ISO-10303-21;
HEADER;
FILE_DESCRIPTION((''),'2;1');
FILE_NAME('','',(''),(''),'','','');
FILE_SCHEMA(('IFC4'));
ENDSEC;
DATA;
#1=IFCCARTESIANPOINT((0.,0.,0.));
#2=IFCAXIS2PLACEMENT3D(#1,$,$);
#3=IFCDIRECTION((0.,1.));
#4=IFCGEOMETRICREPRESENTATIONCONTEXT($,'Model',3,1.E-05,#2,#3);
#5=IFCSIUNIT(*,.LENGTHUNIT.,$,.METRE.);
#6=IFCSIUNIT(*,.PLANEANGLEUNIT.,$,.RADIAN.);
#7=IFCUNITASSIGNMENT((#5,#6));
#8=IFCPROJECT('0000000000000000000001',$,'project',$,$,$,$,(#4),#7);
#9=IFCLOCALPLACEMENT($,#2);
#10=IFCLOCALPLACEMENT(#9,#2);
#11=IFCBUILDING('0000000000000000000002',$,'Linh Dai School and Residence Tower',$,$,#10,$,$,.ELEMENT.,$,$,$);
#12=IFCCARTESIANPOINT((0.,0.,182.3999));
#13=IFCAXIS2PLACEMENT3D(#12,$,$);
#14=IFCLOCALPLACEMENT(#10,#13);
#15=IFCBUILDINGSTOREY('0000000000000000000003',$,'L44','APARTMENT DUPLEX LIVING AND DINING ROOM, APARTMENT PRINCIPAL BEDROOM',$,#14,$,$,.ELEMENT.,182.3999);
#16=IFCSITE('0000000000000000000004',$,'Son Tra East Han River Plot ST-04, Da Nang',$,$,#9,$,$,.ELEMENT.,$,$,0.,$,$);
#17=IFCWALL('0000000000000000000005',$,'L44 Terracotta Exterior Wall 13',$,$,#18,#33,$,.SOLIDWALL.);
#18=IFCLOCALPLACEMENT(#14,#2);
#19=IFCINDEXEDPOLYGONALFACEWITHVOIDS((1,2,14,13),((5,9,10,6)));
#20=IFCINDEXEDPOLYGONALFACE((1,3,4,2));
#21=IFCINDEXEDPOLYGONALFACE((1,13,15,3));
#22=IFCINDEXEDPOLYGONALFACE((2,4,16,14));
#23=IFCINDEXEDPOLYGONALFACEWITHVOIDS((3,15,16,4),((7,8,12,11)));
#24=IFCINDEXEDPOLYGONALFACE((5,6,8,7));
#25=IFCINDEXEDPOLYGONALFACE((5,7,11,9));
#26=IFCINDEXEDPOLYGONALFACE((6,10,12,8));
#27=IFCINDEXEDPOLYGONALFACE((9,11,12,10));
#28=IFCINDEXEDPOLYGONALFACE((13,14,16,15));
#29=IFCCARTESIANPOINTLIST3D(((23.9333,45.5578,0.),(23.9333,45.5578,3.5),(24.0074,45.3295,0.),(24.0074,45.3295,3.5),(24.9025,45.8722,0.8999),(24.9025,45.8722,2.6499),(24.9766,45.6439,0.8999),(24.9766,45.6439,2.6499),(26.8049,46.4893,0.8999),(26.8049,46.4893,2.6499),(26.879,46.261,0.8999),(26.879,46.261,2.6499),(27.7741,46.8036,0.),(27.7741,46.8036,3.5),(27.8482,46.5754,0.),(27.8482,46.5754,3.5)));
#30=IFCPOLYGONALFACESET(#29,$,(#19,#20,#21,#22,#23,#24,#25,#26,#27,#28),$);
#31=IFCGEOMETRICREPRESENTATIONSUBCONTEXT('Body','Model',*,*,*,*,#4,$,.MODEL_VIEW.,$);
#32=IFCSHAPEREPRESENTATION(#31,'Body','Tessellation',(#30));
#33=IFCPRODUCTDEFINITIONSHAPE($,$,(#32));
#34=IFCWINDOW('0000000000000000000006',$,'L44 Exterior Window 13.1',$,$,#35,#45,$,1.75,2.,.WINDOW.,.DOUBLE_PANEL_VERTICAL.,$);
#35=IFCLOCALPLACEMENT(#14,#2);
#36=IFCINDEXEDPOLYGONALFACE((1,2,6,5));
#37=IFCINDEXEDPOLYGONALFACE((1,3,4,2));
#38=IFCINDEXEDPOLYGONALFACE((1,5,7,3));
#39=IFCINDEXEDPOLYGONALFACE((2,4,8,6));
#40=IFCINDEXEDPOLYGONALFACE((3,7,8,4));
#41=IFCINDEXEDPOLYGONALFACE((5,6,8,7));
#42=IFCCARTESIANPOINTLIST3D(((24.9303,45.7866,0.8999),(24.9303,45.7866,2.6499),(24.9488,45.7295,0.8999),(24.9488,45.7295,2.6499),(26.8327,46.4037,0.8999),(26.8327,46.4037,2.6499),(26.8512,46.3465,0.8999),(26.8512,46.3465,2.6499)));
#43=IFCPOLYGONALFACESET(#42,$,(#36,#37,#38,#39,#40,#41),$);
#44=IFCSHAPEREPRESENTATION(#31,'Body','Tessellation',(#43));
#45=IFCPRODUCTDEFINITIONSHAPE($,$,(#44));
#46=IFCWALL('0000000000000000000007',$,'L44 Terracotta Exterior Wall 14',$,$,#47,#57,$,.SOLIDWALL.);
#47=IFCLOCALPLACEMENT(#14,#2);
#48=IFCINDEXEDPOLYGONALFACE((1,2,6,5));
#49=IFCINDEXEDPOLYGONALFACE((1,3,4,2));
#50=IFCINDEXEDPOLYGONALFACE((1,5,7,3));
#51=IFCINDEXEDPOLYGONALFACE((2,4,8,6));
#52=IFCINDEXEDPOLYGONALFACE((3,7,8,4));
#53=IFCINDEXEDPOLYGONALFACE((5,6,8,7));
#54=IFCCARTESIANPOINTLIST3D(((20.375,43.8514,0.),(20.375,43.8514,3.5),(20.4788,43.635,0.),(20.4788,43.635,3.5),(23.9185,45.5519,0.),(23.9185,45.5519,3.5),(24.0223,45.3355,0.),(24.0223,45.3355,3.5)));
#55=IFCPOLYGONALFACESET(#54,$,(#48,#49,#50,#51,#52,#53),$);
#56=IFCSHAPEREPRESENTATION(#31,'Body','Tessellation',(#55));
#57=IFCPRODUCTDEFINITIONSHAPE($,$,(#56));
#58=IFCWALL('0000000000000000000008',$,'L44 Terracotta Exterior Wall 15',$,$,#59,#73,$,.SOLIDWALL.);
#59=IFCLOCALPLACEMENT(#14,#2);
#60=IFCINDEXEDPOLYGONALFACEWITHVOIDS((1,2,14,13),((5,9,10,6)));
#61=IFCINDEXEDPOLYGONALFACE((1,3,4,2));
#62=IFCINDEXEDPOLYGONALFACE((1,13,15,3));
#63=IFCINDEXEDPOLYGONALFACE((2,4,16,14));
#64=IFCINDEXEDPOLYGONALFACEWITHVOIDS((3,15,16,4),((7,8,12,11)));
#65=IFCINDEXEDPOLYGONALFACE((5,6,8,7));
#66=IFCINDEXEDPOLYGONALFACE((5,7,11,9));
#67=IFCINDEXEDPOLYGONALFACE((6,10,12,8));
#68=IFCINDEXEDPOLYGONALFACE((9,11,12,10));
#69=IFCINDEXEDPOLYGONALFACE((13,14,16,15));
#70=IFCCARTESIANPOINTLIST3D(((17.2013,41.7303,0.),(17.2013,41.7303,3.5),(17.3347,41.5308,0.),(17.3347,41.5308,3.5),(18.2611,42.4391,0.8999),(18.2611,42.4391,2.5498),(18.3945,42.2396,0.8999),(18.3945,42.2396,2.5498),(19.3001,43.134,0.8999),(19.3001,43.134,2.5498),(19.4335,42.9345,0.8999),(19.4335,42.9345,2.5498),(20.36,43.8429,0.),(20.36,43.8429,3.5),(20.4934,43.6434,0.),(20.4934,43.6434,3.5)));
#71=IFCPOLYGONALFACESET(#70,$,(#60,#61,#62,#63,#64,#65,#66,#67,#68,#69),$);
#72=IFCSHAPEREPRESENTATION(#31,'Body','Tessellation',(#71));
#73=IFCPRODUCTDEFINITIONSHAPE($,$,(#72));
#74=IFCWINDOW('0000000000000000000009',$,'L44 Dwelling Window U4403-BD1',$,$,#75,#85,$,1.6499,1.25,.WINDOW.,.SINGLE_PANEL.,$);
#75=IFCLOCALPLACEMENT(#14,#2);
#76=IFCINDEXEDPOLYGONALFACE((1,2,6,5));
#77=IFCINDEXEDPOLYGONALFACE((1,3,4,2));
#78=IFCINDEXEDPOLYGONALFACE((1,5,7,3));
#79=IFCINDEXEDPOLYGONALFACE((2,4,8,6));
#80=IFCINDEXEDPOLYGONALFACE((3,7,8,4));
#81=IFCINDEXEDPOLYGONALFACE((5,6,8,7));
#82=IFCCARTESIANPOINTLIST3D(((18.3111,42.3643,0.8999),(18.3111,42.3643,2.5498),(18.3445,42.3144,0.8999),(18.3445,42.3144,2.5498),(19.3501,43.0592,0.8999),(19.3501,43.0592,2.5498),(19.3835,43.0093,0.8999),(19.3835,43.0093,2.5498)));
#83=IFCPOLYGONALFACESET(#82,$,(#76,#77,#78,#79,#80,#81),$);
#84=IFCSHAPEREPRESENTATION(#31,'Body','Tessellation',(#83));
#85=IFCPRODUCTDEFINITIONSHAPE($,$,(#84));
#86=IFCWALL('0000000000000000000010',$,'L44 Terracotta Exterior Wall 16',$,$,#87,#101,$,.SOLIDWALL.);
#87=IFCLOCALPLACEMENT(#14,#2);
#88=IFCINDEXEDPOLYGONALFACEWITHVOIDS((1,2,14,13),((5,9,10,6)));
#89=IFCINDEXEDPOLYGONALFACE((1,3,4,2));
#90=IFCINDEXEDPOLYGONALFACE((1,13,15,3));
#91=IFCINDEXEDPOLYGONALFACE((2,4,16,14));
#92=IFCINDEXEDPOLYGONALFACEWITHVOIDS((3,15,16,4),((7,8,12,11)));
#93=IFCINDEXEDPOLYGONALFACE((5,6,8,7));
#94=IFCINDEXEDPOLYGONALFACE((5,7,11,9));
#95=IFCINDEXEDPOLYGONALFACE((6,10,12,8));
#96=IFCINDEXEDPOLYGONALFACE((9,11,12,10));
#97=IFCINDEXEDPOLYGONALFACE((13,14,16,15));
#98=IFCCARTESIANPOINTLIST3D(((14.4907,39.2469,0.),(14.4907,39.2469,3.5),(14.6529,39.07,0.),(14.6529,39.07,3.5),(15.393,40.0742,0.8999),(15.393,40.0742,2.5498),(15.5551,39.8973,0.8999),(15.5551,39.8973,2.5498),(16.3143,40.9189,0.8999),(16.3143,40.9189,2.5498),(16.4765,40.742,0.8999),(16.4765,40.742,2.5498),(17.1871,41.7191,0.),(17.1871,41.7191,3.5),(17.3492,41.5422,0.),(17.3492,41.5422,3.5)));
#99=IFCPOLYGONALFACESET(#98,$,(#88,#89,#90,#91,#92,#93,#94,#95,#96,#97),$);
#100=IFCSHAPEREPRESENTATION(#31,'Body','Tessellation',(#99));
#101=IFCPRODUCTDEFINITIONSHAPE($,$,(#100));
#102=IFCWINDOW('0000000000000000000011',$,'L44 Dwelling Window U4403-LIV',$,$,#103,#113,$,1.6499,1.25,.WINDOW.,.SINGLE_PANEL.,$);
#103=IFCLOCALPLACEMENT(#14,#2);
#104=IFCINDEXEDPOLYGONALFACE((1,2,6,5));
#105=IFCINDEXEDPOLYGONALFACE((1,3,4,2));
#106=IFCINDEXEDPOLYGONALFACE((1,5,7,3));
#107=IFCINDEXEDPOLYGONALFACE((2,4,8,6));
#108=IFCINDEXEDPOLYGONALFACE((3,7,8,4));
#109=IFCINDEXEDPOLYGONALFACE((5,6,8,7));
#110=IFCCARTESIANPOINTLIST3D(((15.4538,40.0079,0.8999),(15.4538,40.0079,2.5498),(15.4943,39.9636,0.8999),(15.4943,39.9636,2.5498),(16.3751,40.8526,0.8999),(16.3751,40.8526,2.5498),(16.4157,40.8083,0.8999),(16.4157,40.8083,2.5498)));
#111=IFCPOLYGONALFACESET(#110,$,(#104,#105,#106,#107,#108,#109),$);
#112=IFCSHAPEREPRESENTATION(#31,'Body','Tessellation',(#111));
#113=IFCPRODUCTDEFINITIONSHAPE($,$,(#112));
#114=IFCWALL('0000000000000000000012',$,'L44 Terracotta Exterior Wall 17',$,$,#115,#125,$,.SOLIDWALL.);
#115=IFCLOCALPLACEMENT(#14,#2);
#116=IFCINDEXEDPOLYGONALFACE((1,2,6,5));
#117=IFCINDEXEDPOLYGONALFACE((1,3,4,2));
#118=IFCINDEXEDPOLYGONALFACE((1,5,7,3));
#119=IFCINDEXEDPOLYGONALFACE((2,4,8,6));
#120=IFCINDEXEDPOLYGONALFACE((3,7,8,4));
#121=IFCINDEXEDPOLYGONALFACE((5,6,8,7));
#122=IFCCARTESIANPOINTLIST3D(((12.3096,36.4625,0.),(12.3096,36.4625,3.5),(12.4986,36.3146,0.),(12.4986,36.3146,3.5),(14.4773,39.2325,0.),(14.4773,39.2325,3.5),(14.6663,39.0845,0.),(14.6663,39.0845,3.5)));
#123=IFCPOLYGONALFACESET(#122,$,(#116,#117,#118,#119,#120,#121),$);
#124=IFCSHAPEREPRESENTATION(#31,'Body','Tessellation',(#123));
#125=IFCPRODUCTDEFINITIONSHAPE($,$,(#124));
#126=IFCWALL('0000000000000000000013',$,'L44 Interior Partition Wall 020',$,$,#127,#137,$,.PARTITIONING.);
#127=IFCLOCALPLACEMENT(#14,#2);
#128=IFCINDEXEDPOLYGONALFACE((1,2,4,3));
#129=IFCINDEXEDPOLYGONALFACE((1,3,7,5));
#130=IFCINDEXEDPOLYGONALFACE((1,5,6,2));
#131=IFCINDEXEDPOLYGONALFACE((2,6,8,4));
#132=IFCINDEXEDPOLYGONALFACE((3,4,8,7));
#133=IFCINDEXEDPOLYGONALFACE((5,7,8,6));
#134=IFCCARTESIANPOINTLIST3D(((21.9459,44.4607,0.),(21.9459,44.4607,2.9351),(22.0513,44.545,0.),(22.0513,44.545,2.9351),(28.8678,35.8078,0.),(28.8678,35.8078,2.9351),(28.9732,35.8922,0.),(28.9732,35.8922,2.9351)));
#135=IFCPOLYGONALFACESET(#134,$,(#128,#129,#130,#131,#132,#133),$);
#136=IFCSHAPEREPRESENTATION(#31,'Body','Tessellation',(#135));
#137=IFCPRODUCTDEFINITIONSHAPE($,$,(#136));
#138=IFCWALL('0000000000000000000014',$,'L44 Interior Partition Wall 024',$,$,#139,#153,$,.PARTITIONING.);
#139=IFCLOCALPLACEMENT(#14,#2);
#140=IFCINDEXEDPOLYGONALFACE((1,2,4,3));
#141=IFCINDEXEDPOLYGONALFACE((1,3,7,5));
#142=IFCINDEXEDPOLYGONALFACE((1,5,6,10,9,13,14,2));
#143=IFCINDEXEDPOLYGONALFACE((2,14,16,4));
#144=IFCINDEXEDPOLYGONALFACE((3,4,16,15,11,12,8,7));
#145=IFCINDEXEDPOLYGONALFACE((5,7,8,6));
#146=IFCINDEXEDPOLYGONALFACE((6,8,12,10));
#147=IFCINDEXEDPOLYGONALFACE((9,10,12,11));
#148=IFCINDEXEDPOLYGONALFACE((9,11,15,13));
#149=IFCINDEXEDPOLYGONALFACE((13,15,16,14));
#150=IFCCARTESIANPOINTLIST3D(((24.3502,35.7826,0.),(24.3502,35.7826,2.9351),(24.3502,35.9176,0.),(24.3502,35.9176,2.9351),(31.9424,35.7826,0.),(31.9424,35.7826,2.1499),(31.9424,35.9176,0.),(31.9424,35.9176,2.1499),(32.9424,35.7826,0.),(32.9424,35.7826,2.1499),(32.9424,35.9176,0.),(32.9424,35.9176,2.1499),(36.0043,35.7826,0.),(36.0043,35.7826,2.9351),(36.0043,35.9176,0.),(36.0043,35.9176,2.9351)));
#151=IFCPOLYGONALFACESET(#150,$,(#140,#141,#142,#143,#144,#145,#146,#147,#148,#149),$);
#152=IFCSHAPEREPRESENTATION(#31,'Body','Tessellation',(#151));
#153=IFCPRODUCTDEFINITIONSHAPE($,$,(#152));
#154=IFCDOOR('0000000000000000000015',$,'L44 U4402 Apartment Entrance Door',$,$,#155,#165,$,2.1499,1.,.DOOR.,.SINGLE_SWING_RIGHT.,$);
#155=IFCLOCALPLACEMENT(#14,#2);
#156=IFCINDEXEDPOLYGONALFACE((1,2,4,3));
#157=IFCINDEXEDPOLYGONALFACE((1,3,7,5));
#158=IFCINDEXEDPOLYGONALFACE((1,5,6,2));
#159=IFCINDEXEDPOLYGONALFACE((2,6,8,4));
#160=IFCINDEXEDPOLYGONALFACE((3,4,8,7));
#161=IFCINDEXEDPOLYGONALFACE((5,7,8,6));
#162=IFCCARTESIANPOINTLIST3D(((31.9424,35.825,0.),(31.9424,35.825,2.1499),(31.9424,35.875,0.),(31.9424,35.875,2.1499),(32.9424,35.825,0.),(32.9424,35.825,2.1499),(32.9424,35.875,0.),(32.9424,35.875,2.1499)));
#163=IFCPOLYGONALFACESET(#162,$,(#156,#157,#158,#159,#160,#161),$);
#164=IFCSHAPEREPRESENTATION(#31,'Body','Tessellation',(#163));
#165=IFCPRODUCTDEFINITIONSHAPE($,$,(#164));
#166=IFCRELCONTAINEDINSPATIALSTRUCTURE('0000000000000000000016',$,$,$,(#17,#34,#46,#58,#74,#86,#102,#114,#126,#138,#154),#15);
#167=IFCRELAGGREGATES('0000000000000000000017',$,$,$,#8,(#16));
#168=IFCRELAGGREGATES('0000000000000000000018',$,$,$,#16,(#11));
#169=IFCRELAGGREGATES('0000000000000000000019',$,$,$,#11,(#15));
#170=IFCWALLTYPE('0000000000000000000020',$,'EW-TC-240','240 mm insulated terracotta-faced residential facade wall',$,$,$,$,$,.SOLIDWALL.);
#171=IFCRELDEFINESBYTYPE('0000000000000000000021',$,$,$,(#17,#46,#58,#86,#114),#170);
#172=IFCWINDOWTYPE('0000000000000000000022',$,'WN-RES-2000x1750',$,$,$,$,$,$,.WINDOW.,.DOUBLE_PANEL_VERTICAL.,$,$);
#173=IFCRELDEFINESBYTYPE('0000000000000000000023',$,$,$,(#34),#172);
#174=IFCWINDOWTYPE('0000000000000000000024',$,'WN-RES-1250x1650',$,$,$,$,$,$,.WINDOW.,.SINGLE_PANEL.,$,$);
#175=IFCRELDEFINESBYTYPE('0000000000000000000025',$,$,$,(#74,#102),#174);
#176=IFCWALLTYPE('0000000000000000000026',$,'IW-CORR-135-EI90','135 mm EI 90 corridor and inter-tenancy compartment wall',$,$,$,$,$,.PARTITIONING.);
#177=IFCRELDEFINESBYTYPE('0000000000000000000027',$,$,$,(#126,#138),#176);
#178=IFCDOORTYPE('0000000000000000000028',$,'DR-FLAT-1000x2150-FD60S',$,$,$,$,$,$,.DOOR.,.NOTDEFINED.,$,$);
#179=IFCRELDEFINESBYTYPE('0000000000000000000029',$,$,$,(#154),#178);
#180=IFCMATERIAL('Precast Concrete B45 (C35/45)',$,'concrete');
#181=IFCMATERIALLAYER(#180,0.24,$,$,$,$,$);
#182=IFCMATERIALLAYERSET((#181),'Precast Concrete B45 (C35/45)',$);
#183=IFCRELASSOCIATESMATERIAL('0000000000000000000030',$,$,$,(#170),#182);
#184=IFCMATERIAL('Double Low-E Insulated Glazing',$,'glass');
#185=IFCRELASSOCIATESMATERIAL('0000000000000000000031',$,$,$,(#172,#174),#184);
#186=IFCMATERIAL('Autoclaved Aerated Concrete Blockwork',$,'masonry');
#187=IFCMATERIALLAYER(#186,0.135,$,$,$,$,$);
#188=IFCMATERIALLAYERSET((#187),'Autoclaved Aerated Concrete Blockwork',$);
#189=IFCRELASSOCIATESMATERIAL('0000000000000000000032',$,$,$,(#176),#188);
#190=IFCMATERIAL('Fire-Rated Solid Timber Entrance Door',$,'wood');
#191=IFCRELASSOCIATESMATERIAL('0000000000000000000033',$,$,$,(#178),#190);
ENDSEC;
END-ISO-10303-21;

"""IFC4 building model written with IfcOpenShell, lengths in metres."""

from ifc_helpers import new_model, si_unit, direction, frame, frame_2d, origin, origin_2d, place, context, subcontext, project, spatial, rectangle, extrude, source, transform, mapped, material, layer, layer_set, type_object, element, fill, save


model = new_model("IFC4")

# Units and contexts
model_context = context("Model", 3, precision=1e-05, world=origin(), true_north=direction((0.0, 1.0)))
body_context = subcontext(model_context, "Body", "Model", "MODEL_VIEW")
ifc_project = project(units=[si_unit("LENGTHUNIT", "METRE"), si_unit("PLANEANGLEUNIT", "RADIAN")], contexts=[model_context])

# Site, building, storey
site_placement = place(None, origin())
site = spatial("IfcSite", under=ifc_project, at=site_placement, Name="Son Tra East Han River Plot ST-04, Da Nang", CompositionType="ELEMENT", RefElevation=0.0)
building_placement = place(site_placement, origin())
building = spatial("IfcBuilding", under=site, at=building_placement, Name="Linh Dai School and Residence Tower", CompositionType="ELEMENT")
storey_placement = place(building_placement, frame((0.0, 0.0, 182.3999)))
storey = spatial("IfcBuildingStorey", under=building, at=storey_placement, Name="L44", Description="APARTMENT DUPLEX LIVING AND DINING ROOM, APARTMENT PRINCIPAL BEDROOM", CompositionType="ELEMENT", Elevation=182.3999)

# Shared definitions
ifc_material_1 = material(Name="Precast Concrete B45 (C35/45)", Category="concrete")

# Wall, opening, window
ifc_layer_1 = layer(ifc_material_1, 0.24)
ifc_layer_set_1 = layer_set([ifc_layer_1], Name="Precast Concrete B45 (C35/45)")
wall_type_1 = type_object("IfcWallType", Name="EW-TC-240", Description="240 mm insulated terracotta-faced residential facade wall", PredefinedType="SOLIDWALL", material=ifc_layer_set_1)
wall_1_placement = place(storey_placement, frame((23.9702, 45.4436, 0.0), z_axis=(0.0, 0.0, 1.0), x_axis=(0.95121, 0.308545, 0.0)))
wall_1 = element("IfcWall", 1, at=wall_1_placement, inside=storey, type_object=wall_type_1, Name="L44 Terracotta Exterior Wall 13", PredefinedType="SOLIDWALL", context=body_context, shape_type="SweptSolid", body=[
    extrude(rectangle(XDim=4.0378, YDim=0.24, at=frame_2d((2.019, 0.0))), origin(), (0.0, 0.0, 1.0), 3.5),
])
opening_1_placement = place(wall_1_placement, frame((1.019, 0.0, 0.8999)))
opening_1 = element("IfcOpeningElement", 2, at=opening_1_placement, cuts=wall_1, PredefinedType="OPENING", context=body_context, shape_type="SweptSolid", body=[
    extrude(rectangle(XDim=2.0, YDim=1.75, at=origin_2d()), frame((1.0, 0.1299, 0.875), z_axis=(0.0, -1.0, 0.0), x_axis=(1.0, 0.0, 0.0)), (0.0, 0.0, 1.0), 0.26),
])
ifc_material_2 = material(Name="Double Low-E Insulated Glazing", Category="glass")
window_type_1 = type_object("IfcWindowType", Name="WN-RES-2000x1750", PartitioningType="DOUBLE_PANEL_VERTICAL", PredefinedType="WINDOW", material=ifc_material_2)
shared_shape_1 = source(origin(), body_context, "Body", "SweptSolid", [
    extrude(rectangle(XDim=2.0, YDim=1.75, at=origin_2d()), frame((1.0, 0.03, 0.875), z_axis=(0.0, -1.0, 0.0), x_axis=(1.0, 0.0, 0.0)), (0.0, 0.0, 1.0), 0.0601),
])
window_1_placement = place(opening_1_placement, origin())
window_1 = element("IfcWindow", 3, at=window_1_placement, inside=storey, type_object=window_type_1, Name="L44 Exterior Window 13.1", OverallHeight=1.75, OverallWidth=2.0, PartitioningType="DOUBLE_PANEL_VERTICAL", PredefinedType="WINDOW", context=body_context, shape_type="MappedRepresentation", body=[
    mapped(shared_shape_1, transform((0.0, 0.0, 0.0), x_axis=(1.0, 0.0, 0.0), y_axis=(0.0, 1.0, 0.0), z_axis=(0.0, 0.0, 1.0), scale=1.0)),
])
fill(opening_1, window_1)

# Wall
wall_2_placement = place(storey_placement, frame((20.4268, 43.7432, 0.0), z_axis=(0.0, 0.0, 1.0), x_axis=(0.901565, 0.432644, 0.0)))
element("IfcWall", 4, at=wall_2_placement, inside=storey, type_object=wall_type_1, Name="L44 Terracotta Exterior Wall 14", PredefinedType="SOLIDWALL", context=body_context, shape_type="SweptSolid", body=[
    extrude(rectangle(XDim=3.9304, YDim=0.24, at=frame_2d((1.9653, 0.0))), origin(), (0.0, 0.0, 1.0), 3.5),
])

# Walls, openings, windows
wall_3_placement = place(storey_placement, frame((17.2681, 41.6306, 0.0), z_axis=(0.0, 0.0, 1.0), x_axis=(0.831229, 0.55593, 0.0)))
wall_3 = element("IfcWall", 5, at=wall_3_placement, inside=storey, type_object=wall_type_1, Name="L44 Terracotta Exterior Wall 15", PredefinedType="SOLIDWALL", context=body_context, shape_type="SweptSolid", body=[
    extrude(rectangle(XDim=3.8, YDim=0.24, at=frame_2d((1.8999, 0.0))), origin(), (0.0, 0.0, 1.0), 3.5),
])
opening_2_placement = place(wall_3_placement, frame((1.2749, 0.0, 0.8999)))
opening_2 = element("IfcOpeningElement", 6, at=opening_2_placement, cuts=wall_3, PredefinedType="OPENING", context=body_context, shape_type="SweptSolid", body=[
    extrude(rectangle(XDim=1.25, YDim=1.6499, at=origin_2d()), frame((0.625, 0.1299, 0.825), z_axis=(0.0, -1.0, 0.0), x_axis=(1.0, 0.0, 0.0)), (0.0, 0.0, 1.0), 0.26),
])
window_type_2 = type_object("IfcWindowType", Name="WN-RES-1250x1650", PartitioningType="SINGLE_PANEL", PredefinedType="WINDOW", material=ifc_material_2)
shared_shape_2 = source(origin(), body_context, "Body", "SweptSolid", [
    extrude(rectangle(XDim=1.25, YDim=1.6499, at=origin_2d()), frame((0.625, 0.03, 0.825), z_axis=(0.0, -1.0, 0.0), x_axis=(1.0, 0.0, 0.0)), (0.0, 0.0, 1.0), 0.0601),
])
window_2_placement = place(opening_2_placement, origin())
window_2 = element("IfcWindow", 7, at=window_2_placement, inside=storey, type_object=window_type_2, Name="L44 Dwelling Window U4403-BD1", OverallHeight=1.6499, OverallWidth=1.25, PartitioningType="SINGLE_PANEL", PredefinedType="WINDOW", context=body_context, shape_type="MappedRepresentation", body=[
    mapped(shared_shape_2, transform((0.0, 0.0, 0.0), x_axis=(1.0, 0.0, 0.0), y_axis=(0.0, 1.0, 0.0), z_axis=(0.0, 0.0, 1.0), scale=1.0)),
])
fill(opening_2, window_2)
wall_4_placement = place(storey_placement, frame((14.5718, 39.1584, 0.0), z_axis=(0.0, 0.0, 1.0), x_axis=(0.737077, 0.675809, 0.0)))
wall_4 = element("IfcWall", 8, at=wall_4_placement, inside=storey, type_object=wall_type_1, Name="L44 Terracotta Exterior Wall 16", PredefinedType="SOLIDWALL", context=body_context, shape_type="SweptSolid", body=[
    extrude(rectangle(XDim=3.6582, YDim=0.24, at=frame_2d((1.8291, 0.0))), origin(), (0.0, 0.0, 1.0), 3.5),
])
opening_3_placement = place(wall_4_placement, frame((1.2241, 0.0, 0.8999)))
opening_3 = element("IfcOpeningElement", 9, at=opening_3_placement, cuts=wall_4, PredefinedType="OPENING", context=body_context, shape_type="SweptSolid", body=[
    extrude(rectangle(XDim=1.25, YDim=1.6499, at=origin_2d()), frame((0.625, 0.1299, 0.825), z_axis=(0.0, -1.0, 0.0), x_axis=(1.0, 0.0, 0.0)), (0.0, 0.0, 1.0), 0.26),
])
window_3_placement = place(opening_3_placement, origin())
window_3 = element("IfcWindow", 10, at=window_3_placement, inside=storey, type_object=window_type_2, Name="L44 Dwelling Window U4403-LIV", OverallHeight=1.6499, OverallWidth=1.25, PartitioningType="SINGLE_PANEL", PredefinedType="WINDOW", context=body_context, shape_type="MappedRepresentation", body=[
    mapped(shared_shape_2, transform((0.0, 0.0, 0.0), x_axis=(1.0, 0.0, 0.0), y_axis=(0.0, 1.0, 0.0), z_axis=(0.0, 0.0, 1.0), scale=1.0)),
])
fill(opening_3, window_3)

# Walls
wall_5_placement = place(storey_placement, frame((12.4041, 36.3884, 0.0), z_axis=(0.0, 0.0, 1.0), x_axis=(0.616288, 0.787521, 0.0)))
element("IfcWall", 11, at=wall_5_placement, inside=storey, type_object=wall_type_1, Name="L44 Terracotta Exterior Wall 17", PredefinedType="SOLIDWALL", context=body_context, shape_type="SweptSolid", body=[
    extrude(rectangle(XDim=3.5173, YDim=0.24, at=frame_2d((1.7588, 0.0))), origin(), (0.0, 0.0, 1.0), 3.5),
])
ifc_material_3 = material(Name="Autoclaved Aerated Concrete Blockwork", Category="masonry")
ifc_layer_2 = layer(ifc_material_3, 0.135)
ifc_layer_set_2 = layer_set([ifc_layer_2], Name="Autoclaved Aerated Concrete Blockwork")
wall_type_2 = type_object("IfcWallType", Name="IW-CORR-135-EI90", Description="135 mm EI 90 corridor and inter-tenancy compartment wall", PredefinedType="PARTITIONING", material=ifc_layer_set_2)
wall_6_placement = place(storey_placement, frame((21.9985, 44.5029, 0.0), z_axis=(0.0, 0.0, 1.0), x_axis=(0.624674, -0.780886, 0.0)))
element("IfcWall", 12, at=wall_6_placement, inside=storey, type_object=wall_type_2, Name="L44 Interior Partition Wall 020", PredefinedType="PARTITIONING", context=body_context, shape_type="SweptSolid", body=[
    extrude(rectangle(XDim=11.0808, YDim=0.135, at=frame_2d((5.5405, 0.0))), origin(), (0.0, 0.0, 1.0), 2.9351),
])

# Wall, opening, door
wall_7_placement = place(storey_placement, frame((24.3501, 35.8501, 0.0), z_axis=(0.0, 0.0, 1.0), x_axis=(1.0, 0.0, 0.0)))
wall_7 = element("IfcWall", 13, at=wall_7_placement, inside=storey, type_object=wall_type_2, Name="L44 Interior Partition Wall 024", PredefinedType="PARTITIONING", context=body_context, shape_type="SweptSolid", body=[
    extrude(rectangle(XDim=11.6541, YDim=0.135, at=frame_2d((5.8271, 0.0))), origin(), (0.0, 0.0, 1.0), 2.9351),
])
opening_4_placement = place(wall_7_placement, frame((7.5923, 0.0, 0.0)))
opening_4 = element("IfcOpeningElement", 14, at=opening_4_placement, cuts=wall_7, PredefinedType="OPENING", context=body_context, shape_type="SweptSolid", body=[
    extrude(rectangle(XDim=1.0, YDim=2.1499, at=origin_2d()), frame((0.5, 0.0776, 1.075), z_axis=(0.0, -1.0, 0.0), x_axis=(1.0, 0.0, 0.0)), (0.0, 0.0, 1.0), 0.155),
])
ifc_material_4 = material(Name="Fire-Rated Solid Timber Entrance Door", Category="wood")
door_type_1 = type_object("IfcDoorType", Name="DR-FLAT-1000x2150-FD60S", OperationType="NOTDEFINED", PredefinedType="DOOR", material=ifc_material_4)
shared_shape_3 = source(origin(), body_context, "Body", "SweptSolid", [
    extrude(rectangle(XDim=1.0, YDim=2.1499, at=origin_2d()), frame((0.5, 0.0249, 1.075), z_axis=(0.0, -1.0, 0.0), x_axis=(1.0, 0.0, 0.0)), (0.0, 0.0, 1.0), 0.05),
])
door_1_placement = place(opening_4_placement, origin())
door_1 = element("IfcDoor", 15, at=door_1_placement, inside=storey, type_object=door_type_1, Name="L44 U4402 Apartment Entrance Door", OperationType="SINGLE_SWING_RIGHT", OverallHeight=2.1499, OverallWidth=1.0, PredefinedType="DOOR", context=body_context, shape_type="MappedRepresentation", body=[
    mapped(shared_shape_3, transform((0.0, 0.0, 0.0), x_axis=(1.0, 0.0, 0.0), y_axis=(0.0, 1.0, 0.0), z_axis=(0.0, 0.0, 1.0), scale=1.0)),
])
fill(opening_4, door_1)

save(model, "model.ifc")
